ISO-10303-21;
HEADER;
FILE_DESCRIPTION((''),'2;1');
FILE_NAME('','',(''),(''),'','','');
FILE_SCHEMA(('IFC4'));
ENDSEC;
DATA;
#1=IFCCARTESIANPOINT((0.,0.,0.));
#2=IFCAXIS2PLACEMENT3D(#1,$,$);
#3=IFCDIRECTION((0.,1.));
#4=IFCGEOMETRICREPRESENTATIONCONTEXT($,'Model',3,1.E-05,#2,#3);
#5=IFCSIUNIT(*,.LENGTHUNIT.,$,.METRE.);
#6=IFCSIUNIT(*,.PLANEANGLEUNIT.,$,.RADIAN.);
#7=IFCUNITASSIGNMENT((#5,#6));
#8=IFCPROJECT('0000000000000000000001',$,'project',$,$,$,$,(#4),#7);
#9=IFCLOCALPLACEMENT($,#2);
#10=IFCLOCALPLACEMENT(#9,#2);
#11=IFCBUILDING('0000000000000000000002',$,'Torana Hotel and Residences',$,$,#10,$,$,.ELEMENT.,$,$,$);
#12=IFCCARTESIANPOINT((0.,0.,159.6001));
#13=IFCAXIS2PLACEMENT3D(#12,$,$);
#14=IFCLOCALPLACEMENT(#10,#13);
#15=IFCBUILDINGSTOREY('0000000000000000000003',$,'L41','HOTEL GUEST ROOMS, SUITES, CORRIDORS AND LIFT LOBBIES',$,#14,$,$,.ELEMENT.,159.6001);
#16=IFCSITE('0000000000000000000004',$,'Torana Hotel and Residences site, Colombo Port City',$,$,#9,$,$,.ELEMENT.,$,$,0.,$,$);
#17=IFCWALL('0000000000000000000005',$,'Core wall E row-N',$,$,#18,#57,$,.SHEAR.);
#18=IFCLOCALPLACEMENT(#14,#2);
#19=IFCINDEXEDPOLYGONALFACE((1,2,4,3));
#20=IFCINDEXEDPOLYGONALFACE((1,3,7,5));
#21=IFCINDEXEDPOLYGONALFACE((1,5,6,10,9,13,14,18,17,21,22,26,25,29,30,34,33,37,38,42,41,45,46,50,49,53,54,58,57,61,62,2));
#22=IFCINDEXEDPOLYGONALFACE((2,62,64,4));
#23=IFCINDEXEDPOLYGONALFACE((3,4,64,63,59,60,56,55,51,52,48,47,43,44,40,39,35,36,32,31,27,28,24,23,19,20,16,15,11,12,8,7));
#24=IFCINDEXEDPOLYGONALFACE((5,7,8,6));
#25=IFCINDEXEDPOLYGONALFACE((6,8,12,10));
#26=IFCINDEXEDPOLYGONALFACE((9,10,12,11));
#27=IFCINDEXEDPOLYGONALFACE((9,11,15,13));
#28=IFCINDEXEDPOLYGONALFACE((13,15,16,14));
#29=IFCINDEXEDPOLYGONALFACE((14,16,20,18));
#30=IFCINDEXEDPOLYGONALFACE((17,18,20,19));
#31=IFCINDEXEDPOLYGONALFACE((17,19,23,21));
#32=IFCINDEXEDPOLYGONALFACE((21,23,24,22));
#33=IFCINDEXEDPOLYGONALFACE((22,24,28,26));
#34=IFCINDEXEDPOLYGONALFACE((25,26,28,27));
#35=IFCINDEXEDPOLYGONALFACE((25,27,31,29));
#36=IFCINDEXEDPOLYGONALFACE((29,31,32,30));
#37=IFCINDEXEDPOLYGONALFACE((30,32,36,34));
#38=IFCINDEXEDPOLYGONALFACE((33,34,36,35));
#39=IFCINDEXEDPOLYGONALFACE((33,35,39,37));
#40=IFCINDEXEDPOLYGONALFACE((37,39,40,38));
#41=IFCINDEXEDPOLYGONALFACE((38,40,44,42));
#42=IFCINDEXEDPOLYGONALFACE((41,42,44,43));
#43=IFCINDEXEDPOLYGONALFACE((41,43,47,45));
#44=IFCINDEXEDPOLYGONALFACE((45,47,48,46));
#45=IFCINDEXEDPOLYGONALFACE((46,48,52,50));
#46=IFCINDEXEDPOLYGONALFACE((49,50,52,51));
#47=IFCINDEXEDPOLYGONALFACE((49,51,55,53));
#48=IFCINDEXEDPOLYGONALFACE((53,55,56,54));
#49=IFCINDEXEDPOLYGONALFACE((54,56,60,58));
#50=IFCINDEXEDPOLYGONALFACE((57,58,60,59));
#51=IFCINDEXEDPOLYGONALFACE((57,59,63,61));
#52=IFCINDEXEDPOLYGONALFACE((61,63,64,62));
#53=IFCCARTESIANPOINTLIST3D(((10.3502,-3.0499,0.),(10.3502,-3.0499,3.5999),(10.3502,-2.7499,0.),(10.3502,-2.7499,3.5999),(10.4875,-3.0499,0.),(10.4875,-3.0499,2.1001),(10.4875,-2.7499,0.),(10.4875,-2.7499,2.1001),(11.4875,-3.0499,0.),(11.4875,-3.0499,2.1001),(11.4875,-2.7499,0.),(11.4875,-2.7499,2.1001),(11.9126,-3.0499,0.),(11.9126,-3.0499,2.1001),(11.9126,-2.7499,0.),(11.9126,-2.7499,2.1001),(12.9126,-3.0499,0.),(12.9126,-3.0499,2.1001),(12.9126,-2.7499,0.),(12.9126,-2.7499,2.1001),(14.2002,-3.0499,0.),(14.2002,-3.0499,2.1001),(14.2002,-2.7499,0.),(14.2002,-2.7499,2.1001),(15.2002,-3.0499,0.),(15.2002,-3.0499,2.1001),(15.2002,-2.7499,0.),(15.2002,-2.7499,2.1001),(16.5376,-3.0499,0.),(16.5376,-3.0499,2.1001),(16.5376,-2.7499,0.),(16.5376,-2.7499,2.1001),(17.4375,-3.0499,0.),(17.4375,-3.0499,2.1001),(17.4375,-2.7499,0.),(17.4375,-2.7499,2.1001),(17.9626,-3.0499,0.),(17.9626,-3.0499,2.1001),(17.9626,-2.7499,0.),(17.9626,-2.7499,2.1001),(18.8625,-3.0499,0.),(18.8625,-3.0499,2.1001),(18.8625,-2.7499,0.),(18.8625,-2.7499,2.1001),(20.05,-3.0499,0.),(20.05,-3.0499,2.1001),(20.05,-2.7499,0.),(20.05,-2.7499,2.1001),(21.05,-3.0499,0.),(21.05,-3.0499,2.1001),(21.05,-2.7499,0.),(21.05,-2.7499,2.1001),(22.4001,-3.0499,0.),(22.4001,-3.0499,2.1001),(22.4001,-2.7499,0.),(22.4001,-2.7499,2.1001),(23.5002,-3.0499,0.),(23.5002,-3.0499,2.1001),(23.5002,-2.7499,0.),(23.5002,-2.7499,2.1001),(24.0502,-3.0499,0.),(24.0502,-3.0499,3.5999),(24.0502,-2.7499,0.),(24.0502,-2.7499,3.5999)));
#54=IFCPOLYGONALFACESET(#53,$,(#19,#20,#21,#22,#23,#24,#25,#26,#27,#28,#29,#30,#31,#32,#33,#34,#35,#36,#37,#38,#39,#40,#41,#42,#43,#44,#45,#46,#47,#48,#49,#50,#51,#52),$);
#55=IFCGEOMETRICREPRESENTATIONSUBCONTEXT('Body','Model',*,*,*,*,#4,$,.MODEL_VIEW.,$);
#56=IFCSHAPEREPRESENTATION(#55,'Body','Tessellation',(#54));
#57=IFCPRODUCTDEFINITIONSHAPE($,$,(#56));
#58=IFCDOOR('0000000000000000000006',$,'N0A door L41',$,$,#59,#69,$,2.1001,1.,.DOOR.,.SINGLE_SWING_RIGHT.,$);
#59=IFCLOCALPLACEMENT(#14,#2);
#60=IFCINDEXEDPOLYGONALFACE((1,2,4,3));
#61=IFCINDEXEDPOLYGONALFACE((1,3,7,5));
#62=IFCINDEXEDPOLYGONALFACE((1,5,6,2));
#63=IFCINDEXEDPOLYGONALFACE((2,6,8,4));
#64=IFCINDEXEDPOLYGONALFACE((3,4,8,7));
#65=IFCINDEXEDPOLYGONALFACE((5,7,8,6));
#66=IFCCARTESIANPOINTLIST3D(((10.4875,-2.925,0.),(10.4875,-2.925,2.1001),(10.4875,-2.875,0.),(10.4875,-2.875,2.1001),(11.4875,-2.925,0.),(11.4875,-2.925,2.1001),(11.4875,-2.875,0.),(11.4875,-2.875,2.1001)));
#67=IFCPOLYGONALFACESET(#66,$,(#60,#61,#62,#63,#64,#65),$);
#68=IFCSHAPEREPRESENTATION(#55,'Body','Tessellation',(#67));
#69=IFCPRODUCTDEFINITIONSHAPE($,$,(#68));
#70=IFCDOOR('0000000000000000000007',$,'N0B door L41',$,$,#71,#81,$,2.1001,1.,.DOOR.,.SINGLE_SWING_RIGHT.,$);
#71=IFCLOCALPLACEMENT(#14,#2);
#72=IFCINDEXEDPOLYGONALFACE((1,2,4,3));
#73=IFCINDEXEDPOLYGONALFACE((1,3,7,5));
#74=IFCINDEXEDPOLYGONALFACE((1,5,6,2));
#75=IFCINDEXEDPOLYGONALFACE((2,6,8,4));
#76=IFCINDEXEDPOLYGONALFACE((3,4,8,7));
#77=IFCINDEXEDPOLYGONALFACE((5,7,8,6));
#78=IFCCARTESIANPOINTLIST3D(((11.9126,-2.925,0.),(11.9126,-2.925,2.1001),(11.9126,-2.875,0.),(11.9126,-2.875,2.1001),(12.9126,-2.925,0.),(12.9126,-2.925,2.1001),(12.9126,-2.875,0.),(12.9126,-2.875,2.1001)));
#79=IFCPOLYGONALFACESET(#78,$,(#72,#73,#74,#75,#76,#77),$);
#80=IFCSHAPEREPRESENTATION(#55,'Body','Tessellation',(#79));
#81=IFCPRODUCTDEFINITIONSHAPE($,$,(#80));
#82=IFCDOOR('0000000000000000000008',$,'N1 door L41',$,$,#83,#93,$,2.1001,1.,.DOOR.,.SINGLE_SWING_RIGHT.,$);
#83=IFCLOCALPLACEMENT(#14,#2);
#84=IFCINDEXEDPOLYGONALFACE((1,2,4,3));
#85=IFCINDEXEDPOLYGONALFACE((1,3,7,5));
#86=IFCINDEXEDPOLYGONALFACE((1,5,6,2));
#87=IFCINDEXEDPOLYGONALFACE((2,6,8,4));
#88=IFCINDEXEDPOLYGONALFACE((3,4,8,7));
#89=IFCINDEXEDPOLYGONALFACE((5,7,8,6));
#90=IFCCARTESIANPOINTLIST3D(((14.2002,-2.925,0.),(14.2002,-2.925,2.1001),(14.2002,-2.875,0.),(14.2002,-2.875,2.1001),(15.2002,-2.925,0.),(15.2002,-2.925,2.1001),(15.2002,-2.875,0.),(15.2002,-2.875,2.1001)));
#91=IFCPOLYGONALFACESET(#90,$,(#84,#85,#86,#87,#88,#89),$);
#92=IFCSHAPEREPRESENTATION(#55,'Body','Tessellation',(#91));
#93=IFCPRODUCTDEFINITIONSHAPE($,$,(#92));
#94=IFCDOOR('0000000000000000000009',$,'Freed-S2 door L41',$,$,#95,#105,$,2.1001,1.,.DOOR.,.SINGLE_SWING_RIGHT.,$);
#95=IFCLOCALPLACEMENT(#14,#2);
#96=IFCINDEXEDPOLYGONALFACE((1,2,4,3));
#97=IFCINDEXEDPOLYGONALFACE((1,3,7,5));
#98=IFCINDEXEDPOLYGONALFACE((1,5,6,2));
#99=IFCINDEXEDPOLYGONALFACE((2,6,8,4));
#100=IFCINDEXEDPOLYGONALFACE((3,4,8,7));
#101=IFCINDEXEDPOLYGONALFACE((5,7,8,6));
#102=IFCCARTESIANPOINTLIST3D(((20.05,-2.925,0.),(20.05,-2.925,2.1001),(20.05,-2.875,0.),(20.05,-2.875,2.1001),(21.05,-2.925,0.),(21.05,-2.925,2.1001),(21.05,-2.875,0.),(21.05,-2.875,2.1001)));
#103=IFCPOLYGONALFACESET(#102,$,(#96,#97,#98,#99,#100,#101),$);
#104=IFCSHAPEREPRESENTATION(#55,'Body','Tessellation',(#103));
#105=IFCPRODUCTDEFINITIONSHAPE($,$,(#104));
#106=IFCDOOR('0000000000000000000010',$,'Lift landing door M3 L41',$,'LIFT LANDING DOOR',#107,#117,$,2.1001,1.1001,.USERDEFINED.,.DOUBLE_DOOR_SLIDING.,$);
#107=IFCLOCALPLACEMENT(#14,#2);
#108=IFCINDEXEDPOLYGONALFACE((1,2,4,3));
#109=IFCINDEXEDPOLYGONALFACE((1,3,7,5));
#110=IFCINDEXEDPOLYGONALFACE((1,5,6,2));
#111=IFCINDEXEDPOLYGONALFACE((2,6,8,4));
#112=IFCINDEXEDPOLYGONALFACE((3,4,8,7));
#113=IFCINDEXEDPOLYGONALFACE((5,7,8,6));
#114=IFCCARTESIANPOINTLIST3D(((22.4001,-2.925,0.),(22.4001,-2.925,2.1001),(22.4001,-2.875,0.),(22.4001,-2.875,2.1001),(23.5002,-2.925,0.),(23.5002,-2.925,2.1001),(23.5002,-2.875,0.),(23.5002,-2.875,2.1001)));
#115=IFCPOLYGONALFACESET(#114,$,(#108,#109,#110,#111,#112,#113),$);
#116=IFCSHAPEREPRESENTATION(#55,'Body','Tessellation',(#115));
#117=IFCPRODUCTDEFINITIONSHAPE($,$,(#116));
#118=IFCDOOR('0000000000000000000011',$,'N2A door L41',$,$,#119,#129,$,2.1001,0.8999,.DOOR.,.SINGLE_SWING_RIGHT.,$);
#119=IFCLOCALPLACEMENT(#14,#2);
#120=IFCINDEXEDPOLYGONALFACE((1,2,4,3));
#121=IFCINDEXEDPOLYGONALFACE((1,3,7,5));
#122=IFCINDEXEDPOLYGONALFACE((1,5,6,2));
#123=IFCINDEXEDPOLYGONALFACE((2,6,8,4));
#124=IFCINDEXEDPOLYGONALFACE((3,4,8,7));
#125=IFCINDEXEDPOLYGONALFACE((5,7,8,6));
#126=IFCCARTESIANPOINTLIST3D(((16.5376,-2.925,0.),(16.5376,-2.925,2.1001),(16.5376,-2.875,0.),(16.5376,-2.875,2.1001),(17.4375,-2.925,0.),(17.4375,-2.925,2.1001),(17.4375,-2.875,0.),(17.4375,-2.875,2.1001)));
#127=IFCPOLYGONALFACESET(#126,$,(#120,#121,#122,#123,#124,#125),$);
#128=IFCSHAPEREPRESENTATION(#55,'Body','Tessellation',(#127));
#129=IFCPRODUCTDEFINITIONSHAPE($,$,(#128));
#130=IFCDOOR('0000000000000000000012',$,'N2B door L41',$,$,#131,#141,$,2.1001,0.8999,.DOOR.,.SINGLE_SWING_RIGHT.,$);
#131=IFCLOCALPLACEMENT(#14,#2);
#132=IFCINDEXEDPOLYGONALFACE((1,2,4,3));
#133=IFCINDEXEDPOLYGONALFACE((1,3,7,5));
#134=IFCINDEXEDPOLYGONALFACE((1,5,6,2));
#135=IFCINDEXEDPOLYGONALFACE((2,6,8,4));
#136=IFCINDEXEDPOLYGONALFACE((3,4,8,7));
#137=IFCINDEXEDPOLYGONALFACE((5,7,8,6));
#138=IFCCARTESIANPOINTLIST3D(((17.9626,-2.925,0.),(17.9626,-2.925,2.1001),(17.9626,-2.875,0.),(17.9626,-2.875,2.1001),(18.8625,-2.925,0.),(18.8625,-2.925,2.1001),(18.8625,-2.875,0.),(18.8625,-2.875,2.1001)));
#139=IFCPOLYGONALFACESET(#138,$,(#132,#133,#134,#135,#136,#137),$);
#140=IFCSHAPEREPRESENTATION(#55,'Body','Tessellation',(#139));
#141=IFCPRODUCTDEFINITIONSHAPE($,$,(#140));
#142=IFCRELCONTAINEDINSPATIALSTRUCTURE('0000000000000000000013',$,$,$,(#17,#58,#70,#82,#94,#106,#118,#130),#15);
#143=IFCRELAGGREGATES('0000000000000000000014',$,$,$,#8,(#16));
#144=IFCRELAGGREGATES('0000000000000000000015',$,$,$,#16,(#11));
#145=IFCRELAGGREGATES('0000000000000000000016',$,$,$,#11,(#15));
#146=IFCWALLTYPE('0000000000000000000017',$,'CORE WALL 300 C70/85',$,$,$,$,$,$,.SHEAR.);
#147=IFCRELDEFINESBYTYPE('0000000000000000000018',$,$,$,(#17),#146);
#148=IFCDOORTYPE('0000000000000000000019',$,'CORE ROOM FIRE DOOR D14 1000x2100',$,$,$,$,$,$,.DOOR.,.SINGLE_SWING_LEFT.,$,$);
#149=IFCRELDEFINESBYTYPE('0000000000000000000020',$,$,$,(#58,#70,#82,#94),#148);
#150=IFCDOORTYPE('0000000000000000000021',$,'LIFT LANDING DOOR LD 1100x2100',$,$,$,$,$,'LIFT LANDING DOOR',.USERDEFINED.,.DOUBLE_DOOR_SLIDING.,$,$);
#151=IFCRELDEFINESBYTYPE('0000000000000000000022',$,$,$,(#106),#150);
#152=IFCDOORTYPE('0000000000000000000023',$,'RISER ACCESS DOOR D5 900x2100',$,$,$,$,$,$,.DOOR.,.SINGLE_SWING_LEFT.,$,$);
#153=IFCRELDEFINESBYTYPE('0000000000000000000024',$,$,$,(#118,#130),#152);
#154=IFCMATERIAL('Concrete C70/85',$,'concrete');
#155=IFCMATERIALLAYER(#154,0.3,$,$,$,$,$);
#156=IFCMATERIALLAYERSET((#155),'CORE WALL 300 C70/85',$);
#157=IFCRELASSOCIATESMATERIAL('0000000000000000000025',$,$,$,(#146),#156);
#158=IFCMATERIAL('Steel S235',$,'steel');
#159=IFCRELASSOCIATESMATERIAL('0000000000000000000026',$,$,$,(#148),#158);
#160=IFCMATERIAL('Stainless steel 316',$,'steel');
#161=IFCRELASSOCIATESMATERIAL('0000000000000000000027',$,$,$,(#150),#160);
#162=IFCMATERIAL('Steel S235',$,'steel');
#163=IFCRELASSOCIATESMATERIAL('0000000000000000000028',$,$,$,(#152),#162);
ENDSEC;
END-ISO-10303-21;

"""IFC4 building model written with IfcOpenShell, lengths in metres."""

from ifc_helpers import new_model, si_unit, direction, frame, frame_2d, origin, place, context, subcontext, project, spatial, rectangle, extrude, material, layer, layer_set, type_object, element, fill, save


model = new_model("IFC4")

# Units and contexts
model_context = context("Model", 3, precision=1e-05, world=origin(), true_north=direction((0.0, 1.0)))
body_context = subcontext(model_context, "Body", "Model", "MODEL_VIEW")
ifc_project = project(units=[si_unit("LENGTHUNIT", "METRE"), si_unit("PLANEANGLEUNIT", "RADIAN")], contexts=[model_context])

# Site, building, storey
site_placement = place(None, origin())
site = spatial("IfcSite", under=ifc_project, at=site_placement, Name="Torana Hotel and Residences site, Colombo Port City", CompositionType="ELEMENT", RefElevation=0.0)
building_placement = place(site_placement, origin())
building = spatial("IfcBuilding", under=site, at=building_placement, Name="Torana Hotel and Residences", CompositionType="ELEMENT")
storey_placement = place(building_placement, frame((0.0, 0.0, 159.6001)))
storey = spatial("IfcBuildingStorey", under=building, at=storey_placement, Name="L41", Description="HOTEL GUEST ROOMS, SUITES, CORRIDORS AND LIFT LOBBIES", CompositionType="ELEMENT", Elevation=159.6001)

# Wall, openings, doors
ifc_material_1 = material(Name="Concrete C70/85", Category="concrete")
ifc_layer_1 = layer(ifc_material_1, 0.3)
ifc_layer_set_1 = layer_set([ifc_layer_1], Name="CORE WALL 300 C70/85")
wall_type_1 = type_object("IfcWallType", Name="CORE WALL 300 C70/85", PredefinedType="SHEAR", material=ifc_layer_set_1)
wall_1_placement = place(storey_placement, frame((10.3501, -2.8999, 0.0), z_axis=(0.0, 0.0, 1.0), x_axis=(1.0, 0.0, 0.0)))
wall_1 = element("IfcWall", 1, at=wall_1_placement, inside=storey, type_object=wall_type_1, Name="Core wall E row-N", PredefinedType="SHEAR", context=body_context, shape_type="SweptSolid", body=[
    extrude(rectangle(XDim=13.7, YDim=0.3, at=frame_2d((6.8501, 0.0))), origin(), (0.0, 0.0, 1.0), 3.5999),
])
opening_1_placement = place(wall_1_placement, frame((12.05, 0.0, 0.0)))
opening_1 = element("IfcOpeningElement", 2, at=opening_1_placement, cuts=wall_1, PredefinedType="OPENING", context=body_context, shape_type="SweptSolid", body=[
    extrude(rectangle(XDim=1.1001, YDim=2.1001, at=frame_2d((0.55, 1.05))), frame((0.0, 0.1599, 0.0), z_axis=(0.0, -1.0, 0.0), x_axis=(1.0, 0.0, 0.0)), (0.0, 0.0, 1.0), 0.3201),
])
opening_2_placement = place(wall_1_placement, frame((6.1875, 0.0, 0.0)))
opening_2 = element("IfcOpeningElement", 3, at=opening_2_placement, cuts=wall_1, PredefinedType="OPENING", context=body_context, shape_type="SweptSolid", body=[
    extrude(rectangle(XDim=0.8999, YDim=2.1001, at=frame_2d((0.45, 1.05))), frame((0.0, 0.1599, 0.0), z_axis=(0.0, -1.0, 0.0), x_axis=(1.0, 0.0, 0.0)), (0.0, 0.0, 1.0), 0.3201),
])
opening_3_placement = place(wall_1_placement, frame((7.6125, 0.0, 0.0)))
opening_3 = element("IfcOpeningElement", 4, at=opening_3_placement, cuts=wall_1, PredefinedType="OPENING", context=body_context, shape_type="SweptSolid", body=[
    extrude(rectangle(XDim=0.8999, YDim=2.1001, at=frame_2d((0.45, 1.05))), frame((0.0, 0.1599, 0.0), z_axis=(0.0, -1.0, 0.0), x_axis=(1.0, 0.0, 0.0)), (0.0, 0.0, 1.0), 0.3201),
])
opening_4_placement = place(wall_1_placement, frame((0.1375, 0.0, 0.0)))
opening_4 = element("IfcOpeningElement", 5, at=opening_4_placement, cuts=wall_1, PredefinedType="OPENING", context=body_context, shape_type="SweptSolid", body=[
    extrude(rectangle(XDim=1.0, YDim=2.1001, at=frame_2d((0.5, 1.05))), frame((0.0, 0.1599, 0.0), z_axis=(0.0, -1.0, 0.0), x_axis=(1.0, 0.0, 0.0)), (0.0, 0.0, 1.0), 0.3201),
])
opening_5_placement = place(wall_1_placement, frame((1.5625, 0.0, 0.0)))
opening_5 = element("IfcOpeningElement", 6, at=opening_5_placement, cuts=wall_1, PredefinedType="OPENING", context=body_context, shape_type="SweptSolid", body=[
    extrude(rectangle(XDim=1.0, YDim=2.1001, at=frame_2d((0.5, 1.05))), frame((0.0, 0.1599, 0.0), z_axis=(0.0, -1.0, 0.0), x_axis=(1.0, 0.0, 0.0)), (0.0, 0.0, 1.0), 0.3201),
])
opening_6_placement = place(wall_1_placement, frame((3.8501, 0.0, 0.0)))
opening_6 = element("IfcOpeningElement", 7, at=opening_6_placement, cuts=wall_1, PredefinedType="OPENING", context=body_context, shape_type="SweptSolid", body=[
    extrude(rectangle(XDim=1.0, YDim=2.1001, at=frame_2d((0.5, 1.05))), frame((0.0, 0.1599, 0.0), z_axis=(0.0, -1.0, 0.0), x_axis=(1.0, 0.0, 0.0)), (0.0, 0.0, 1.0), 0.3201),
])
opening_7_placement = place(wall_1_placement, frame((9.7, 0.0, 0.0)))
opening_7 = element("IfcOpeningElement", 8, at=opening_7_placement, cuts=wall_1, PredefinedType="OPENING", context=body_context, shape_type="SweptSolid", body=[
    extrude(rectangle(XDim=1.0, YDim=2.1001, at=frame_2d((0.5, 1.05))), frame((0.0, 0.1599, 0.0), z_axis=(0.0, -1.0, 0.0), x_axis=(1.0, 0.0, 0.0)), (0.0, 0.0, 1.0), 0.3201),
])
ifc_material_2 = material(Name="Steel S235", Category="steel")
door_type_1 = type_object("IfcDoorType", Name="CORE ROOM FIRE DOOR D14 1000x2100", OperationType="SINGLE_SWING_LEFT", PredefinedType="DOOR", material=ifc_material_2)
door_1_placement = place(opening_4_placement, origin())
door_1 = element("IfcDoor", 9, at=door_1_placement, inside=storey, type_object=door_type_1, Name="N0A door L41", OperationType="SINGLE_SWING_RIGHT", OverallHeight=2.1001, OverallWidth=1.0, PredefinedType="DOOR", context=body_context, shape_type="SweptSolid", body=[
    extrude(rectangle(XDim=1.0, YDim=2.1001, at=frame_2d((0.5, 1.05))), frame((0.0, 0.0249, 0.0), z_axis=(0.0, -1.0, 0.0), x_axis=(1.0, 0.0, 0.0)), (0.0, 0.0, 1.0), 0.05),
])
fill(opening_4, door_1)
door_2_placement = place(opening_5_placement, origin())
door_2 = element("IfcDoor", 10, at=door_2_placement, inside=storey, type_object=door_type_1, Name="N0B door L41", OperationType="SINGLE_SWING_RIGHT", OverallHeight=2.1001, OverallWidth=1.0, PredefinedType="DOOR", context=body_context, shape_type="SweptSolid", body=[
    extrude(rectangle(XDim=1.0, YDim=2.1001, at=frame_2d((0.5, 1.05))), frame((0.0, 0.0249, 0.0), z_axis=(0.0, -1.0, 0.0), x_axis=(1.0, 0.0, 0.0)), (0.0, 0.0, 1.0), 0.05),
])
fill(opening_5, door_2)
door_3_placement = place(opening_6_placement, origin())
door_3 = element("IfcDoor", 11, at=door_3_placement, inside=storey, type_object=door_type_1, Name="N1 door L41", OperationType="SINGLE_SWING_RIGHT", OverallHeight=2.1001, OverallWidth=1.0, PredefinedType="DOOR", context=body_context, shape_type="SweptSolid", body=[
    extrude(rectangle(XDim=1.0, YDim=2.1001, at=frame_2d((0.5, 1.05))), frame((0.0, 0.0249, 0.0), z_axis=(0.0, -1.0, 0.0), x_axis=(1.0, 0.0, 0.0)), (0.0, 0.0, 1.0), 0.05),
])
fill(opening_6, door_3)
door_4_placement = place(opening_7_placement, origin())
door_4 = element("IfcDoor", 12, at=door_4_placement, inside=storey, type_object=door_type_1, Name="Freed-S2 door L41", OperationType="SINGLE_SWING_RIGHT", OverallHeight=2.1001, OverallWidth=1.0, PredefinedType="DOOR", context=body_context, shape_type="SweptSolid", body=[
    extrude(rectangle(XDim=1.0, YDim=2.1001, at=frame_2d((0.5, 1.05))), frame((0.0, 0.0249, 0.0), z_axis=(0.0, -1.0, 0.0), x_axis=(1.0, 0.0, 0.0)), (0.0, 0.0, 1.0), 0.05),
])
fill(opening_7, door_4)
ifc_material_3 = material(Name="Stainless steel 316", Category="steel")
door_type_2 = type_object("IfcDoorType", Name="LIFT LANDING DOOR LD 1100x2100", ElementType="LIFT LANDING DOOR", OperationType="DOUBLE_DOOR_SLIDING", PredefinedType="USERDEFINED", material=ifc_material_3)
door_5_placement = place(opening_1_placement, origin())
door_5 = element("IfcDoor", 13, at=door_5_placement, inside=storey, type_object=door_type_2, Name="Lift landing door M3 L41", ObjectType="LIFT LANDING DOOR", OperationType="DOUBLE_DOOR_SLIDING", OverallHeight=2.1001, OverallWidth=1.1001, PredefinedType="USERDEFINED", context=body_context, shape_type="SweptSolid", body=[
    extrude(rectangle(XDim=1.1001, YDim=2.1001, at=frame_2d((0.55, 1.05))), frame((0.0, 0.0249, 0.0), z_axis=(0.0, -1.0, 0.0), x_axis=(1.0, 0.0, 0.0)), (0.0, 0.0, 1.0), 0.05),
])
fill(opening_1, door_5)
ifc_material_4 = material(Name="Steel S235", Category="steel")
door_type_3 = type_object("IfcDoorType", Name="RISER ACCESS DOOR D5 900x2100", OperationType="SINGLE_SWING_LEFT", PredefinedType="DOOR", material=ifc_material_4)
door_6_placement = place(opening_2_placement, origin())
door_6 = element("IfcDoor", 14, at=door_6_placement, inside=storey, type_object=door_type_3, Name="N2A door L41", OperationType="SINGLE_SWING_RIGHT", OverallHeight=2.1001, OverallWidth=0.8999, PredefinedType="DOOR", context=body_context, shape_type="SweptSolid", body=[
    extrude(rectangle(XDim=0.8999, YDim=2.1001, at=frame_2d((0.45, 1.05))), frame((0.0, 0.0249, 0.0), z_axis=(0.0, -1.0, 0.0), x_axis=(1.0, 0.0, 0.0)), (0.0, 0.0, 1.0), 0.05),
])
fill(opening_2, door_6)
door_7_placement = place(opening_3_placement, origin())
door_7 = element("IfcDoor", 15, at=door_7_placement, inside=storey, type_object=door_type_3, Name="N2B door L41", OperationType="SINGLE_SWING_RIGHT", OverallHeight=2.1001, OverallWidth=0.8999, PredefinedType="DOOR", context=body_context, shape_type="SweptSolid", body=[
    extrude(rectangle(XDim=0.8999, YDim=2.1001, at=frame_2d((0.45, 1.05))), frame((0.0, 0.0249, 0.0), z_axis=(0.0, -1.0, 0.0), x_axis=(1.0, 0.0, 0.0)), (0.0, 0.0, 1.0), 0.05),
])
fill(opening_3, door_7)

save(model, "model.ifc")
